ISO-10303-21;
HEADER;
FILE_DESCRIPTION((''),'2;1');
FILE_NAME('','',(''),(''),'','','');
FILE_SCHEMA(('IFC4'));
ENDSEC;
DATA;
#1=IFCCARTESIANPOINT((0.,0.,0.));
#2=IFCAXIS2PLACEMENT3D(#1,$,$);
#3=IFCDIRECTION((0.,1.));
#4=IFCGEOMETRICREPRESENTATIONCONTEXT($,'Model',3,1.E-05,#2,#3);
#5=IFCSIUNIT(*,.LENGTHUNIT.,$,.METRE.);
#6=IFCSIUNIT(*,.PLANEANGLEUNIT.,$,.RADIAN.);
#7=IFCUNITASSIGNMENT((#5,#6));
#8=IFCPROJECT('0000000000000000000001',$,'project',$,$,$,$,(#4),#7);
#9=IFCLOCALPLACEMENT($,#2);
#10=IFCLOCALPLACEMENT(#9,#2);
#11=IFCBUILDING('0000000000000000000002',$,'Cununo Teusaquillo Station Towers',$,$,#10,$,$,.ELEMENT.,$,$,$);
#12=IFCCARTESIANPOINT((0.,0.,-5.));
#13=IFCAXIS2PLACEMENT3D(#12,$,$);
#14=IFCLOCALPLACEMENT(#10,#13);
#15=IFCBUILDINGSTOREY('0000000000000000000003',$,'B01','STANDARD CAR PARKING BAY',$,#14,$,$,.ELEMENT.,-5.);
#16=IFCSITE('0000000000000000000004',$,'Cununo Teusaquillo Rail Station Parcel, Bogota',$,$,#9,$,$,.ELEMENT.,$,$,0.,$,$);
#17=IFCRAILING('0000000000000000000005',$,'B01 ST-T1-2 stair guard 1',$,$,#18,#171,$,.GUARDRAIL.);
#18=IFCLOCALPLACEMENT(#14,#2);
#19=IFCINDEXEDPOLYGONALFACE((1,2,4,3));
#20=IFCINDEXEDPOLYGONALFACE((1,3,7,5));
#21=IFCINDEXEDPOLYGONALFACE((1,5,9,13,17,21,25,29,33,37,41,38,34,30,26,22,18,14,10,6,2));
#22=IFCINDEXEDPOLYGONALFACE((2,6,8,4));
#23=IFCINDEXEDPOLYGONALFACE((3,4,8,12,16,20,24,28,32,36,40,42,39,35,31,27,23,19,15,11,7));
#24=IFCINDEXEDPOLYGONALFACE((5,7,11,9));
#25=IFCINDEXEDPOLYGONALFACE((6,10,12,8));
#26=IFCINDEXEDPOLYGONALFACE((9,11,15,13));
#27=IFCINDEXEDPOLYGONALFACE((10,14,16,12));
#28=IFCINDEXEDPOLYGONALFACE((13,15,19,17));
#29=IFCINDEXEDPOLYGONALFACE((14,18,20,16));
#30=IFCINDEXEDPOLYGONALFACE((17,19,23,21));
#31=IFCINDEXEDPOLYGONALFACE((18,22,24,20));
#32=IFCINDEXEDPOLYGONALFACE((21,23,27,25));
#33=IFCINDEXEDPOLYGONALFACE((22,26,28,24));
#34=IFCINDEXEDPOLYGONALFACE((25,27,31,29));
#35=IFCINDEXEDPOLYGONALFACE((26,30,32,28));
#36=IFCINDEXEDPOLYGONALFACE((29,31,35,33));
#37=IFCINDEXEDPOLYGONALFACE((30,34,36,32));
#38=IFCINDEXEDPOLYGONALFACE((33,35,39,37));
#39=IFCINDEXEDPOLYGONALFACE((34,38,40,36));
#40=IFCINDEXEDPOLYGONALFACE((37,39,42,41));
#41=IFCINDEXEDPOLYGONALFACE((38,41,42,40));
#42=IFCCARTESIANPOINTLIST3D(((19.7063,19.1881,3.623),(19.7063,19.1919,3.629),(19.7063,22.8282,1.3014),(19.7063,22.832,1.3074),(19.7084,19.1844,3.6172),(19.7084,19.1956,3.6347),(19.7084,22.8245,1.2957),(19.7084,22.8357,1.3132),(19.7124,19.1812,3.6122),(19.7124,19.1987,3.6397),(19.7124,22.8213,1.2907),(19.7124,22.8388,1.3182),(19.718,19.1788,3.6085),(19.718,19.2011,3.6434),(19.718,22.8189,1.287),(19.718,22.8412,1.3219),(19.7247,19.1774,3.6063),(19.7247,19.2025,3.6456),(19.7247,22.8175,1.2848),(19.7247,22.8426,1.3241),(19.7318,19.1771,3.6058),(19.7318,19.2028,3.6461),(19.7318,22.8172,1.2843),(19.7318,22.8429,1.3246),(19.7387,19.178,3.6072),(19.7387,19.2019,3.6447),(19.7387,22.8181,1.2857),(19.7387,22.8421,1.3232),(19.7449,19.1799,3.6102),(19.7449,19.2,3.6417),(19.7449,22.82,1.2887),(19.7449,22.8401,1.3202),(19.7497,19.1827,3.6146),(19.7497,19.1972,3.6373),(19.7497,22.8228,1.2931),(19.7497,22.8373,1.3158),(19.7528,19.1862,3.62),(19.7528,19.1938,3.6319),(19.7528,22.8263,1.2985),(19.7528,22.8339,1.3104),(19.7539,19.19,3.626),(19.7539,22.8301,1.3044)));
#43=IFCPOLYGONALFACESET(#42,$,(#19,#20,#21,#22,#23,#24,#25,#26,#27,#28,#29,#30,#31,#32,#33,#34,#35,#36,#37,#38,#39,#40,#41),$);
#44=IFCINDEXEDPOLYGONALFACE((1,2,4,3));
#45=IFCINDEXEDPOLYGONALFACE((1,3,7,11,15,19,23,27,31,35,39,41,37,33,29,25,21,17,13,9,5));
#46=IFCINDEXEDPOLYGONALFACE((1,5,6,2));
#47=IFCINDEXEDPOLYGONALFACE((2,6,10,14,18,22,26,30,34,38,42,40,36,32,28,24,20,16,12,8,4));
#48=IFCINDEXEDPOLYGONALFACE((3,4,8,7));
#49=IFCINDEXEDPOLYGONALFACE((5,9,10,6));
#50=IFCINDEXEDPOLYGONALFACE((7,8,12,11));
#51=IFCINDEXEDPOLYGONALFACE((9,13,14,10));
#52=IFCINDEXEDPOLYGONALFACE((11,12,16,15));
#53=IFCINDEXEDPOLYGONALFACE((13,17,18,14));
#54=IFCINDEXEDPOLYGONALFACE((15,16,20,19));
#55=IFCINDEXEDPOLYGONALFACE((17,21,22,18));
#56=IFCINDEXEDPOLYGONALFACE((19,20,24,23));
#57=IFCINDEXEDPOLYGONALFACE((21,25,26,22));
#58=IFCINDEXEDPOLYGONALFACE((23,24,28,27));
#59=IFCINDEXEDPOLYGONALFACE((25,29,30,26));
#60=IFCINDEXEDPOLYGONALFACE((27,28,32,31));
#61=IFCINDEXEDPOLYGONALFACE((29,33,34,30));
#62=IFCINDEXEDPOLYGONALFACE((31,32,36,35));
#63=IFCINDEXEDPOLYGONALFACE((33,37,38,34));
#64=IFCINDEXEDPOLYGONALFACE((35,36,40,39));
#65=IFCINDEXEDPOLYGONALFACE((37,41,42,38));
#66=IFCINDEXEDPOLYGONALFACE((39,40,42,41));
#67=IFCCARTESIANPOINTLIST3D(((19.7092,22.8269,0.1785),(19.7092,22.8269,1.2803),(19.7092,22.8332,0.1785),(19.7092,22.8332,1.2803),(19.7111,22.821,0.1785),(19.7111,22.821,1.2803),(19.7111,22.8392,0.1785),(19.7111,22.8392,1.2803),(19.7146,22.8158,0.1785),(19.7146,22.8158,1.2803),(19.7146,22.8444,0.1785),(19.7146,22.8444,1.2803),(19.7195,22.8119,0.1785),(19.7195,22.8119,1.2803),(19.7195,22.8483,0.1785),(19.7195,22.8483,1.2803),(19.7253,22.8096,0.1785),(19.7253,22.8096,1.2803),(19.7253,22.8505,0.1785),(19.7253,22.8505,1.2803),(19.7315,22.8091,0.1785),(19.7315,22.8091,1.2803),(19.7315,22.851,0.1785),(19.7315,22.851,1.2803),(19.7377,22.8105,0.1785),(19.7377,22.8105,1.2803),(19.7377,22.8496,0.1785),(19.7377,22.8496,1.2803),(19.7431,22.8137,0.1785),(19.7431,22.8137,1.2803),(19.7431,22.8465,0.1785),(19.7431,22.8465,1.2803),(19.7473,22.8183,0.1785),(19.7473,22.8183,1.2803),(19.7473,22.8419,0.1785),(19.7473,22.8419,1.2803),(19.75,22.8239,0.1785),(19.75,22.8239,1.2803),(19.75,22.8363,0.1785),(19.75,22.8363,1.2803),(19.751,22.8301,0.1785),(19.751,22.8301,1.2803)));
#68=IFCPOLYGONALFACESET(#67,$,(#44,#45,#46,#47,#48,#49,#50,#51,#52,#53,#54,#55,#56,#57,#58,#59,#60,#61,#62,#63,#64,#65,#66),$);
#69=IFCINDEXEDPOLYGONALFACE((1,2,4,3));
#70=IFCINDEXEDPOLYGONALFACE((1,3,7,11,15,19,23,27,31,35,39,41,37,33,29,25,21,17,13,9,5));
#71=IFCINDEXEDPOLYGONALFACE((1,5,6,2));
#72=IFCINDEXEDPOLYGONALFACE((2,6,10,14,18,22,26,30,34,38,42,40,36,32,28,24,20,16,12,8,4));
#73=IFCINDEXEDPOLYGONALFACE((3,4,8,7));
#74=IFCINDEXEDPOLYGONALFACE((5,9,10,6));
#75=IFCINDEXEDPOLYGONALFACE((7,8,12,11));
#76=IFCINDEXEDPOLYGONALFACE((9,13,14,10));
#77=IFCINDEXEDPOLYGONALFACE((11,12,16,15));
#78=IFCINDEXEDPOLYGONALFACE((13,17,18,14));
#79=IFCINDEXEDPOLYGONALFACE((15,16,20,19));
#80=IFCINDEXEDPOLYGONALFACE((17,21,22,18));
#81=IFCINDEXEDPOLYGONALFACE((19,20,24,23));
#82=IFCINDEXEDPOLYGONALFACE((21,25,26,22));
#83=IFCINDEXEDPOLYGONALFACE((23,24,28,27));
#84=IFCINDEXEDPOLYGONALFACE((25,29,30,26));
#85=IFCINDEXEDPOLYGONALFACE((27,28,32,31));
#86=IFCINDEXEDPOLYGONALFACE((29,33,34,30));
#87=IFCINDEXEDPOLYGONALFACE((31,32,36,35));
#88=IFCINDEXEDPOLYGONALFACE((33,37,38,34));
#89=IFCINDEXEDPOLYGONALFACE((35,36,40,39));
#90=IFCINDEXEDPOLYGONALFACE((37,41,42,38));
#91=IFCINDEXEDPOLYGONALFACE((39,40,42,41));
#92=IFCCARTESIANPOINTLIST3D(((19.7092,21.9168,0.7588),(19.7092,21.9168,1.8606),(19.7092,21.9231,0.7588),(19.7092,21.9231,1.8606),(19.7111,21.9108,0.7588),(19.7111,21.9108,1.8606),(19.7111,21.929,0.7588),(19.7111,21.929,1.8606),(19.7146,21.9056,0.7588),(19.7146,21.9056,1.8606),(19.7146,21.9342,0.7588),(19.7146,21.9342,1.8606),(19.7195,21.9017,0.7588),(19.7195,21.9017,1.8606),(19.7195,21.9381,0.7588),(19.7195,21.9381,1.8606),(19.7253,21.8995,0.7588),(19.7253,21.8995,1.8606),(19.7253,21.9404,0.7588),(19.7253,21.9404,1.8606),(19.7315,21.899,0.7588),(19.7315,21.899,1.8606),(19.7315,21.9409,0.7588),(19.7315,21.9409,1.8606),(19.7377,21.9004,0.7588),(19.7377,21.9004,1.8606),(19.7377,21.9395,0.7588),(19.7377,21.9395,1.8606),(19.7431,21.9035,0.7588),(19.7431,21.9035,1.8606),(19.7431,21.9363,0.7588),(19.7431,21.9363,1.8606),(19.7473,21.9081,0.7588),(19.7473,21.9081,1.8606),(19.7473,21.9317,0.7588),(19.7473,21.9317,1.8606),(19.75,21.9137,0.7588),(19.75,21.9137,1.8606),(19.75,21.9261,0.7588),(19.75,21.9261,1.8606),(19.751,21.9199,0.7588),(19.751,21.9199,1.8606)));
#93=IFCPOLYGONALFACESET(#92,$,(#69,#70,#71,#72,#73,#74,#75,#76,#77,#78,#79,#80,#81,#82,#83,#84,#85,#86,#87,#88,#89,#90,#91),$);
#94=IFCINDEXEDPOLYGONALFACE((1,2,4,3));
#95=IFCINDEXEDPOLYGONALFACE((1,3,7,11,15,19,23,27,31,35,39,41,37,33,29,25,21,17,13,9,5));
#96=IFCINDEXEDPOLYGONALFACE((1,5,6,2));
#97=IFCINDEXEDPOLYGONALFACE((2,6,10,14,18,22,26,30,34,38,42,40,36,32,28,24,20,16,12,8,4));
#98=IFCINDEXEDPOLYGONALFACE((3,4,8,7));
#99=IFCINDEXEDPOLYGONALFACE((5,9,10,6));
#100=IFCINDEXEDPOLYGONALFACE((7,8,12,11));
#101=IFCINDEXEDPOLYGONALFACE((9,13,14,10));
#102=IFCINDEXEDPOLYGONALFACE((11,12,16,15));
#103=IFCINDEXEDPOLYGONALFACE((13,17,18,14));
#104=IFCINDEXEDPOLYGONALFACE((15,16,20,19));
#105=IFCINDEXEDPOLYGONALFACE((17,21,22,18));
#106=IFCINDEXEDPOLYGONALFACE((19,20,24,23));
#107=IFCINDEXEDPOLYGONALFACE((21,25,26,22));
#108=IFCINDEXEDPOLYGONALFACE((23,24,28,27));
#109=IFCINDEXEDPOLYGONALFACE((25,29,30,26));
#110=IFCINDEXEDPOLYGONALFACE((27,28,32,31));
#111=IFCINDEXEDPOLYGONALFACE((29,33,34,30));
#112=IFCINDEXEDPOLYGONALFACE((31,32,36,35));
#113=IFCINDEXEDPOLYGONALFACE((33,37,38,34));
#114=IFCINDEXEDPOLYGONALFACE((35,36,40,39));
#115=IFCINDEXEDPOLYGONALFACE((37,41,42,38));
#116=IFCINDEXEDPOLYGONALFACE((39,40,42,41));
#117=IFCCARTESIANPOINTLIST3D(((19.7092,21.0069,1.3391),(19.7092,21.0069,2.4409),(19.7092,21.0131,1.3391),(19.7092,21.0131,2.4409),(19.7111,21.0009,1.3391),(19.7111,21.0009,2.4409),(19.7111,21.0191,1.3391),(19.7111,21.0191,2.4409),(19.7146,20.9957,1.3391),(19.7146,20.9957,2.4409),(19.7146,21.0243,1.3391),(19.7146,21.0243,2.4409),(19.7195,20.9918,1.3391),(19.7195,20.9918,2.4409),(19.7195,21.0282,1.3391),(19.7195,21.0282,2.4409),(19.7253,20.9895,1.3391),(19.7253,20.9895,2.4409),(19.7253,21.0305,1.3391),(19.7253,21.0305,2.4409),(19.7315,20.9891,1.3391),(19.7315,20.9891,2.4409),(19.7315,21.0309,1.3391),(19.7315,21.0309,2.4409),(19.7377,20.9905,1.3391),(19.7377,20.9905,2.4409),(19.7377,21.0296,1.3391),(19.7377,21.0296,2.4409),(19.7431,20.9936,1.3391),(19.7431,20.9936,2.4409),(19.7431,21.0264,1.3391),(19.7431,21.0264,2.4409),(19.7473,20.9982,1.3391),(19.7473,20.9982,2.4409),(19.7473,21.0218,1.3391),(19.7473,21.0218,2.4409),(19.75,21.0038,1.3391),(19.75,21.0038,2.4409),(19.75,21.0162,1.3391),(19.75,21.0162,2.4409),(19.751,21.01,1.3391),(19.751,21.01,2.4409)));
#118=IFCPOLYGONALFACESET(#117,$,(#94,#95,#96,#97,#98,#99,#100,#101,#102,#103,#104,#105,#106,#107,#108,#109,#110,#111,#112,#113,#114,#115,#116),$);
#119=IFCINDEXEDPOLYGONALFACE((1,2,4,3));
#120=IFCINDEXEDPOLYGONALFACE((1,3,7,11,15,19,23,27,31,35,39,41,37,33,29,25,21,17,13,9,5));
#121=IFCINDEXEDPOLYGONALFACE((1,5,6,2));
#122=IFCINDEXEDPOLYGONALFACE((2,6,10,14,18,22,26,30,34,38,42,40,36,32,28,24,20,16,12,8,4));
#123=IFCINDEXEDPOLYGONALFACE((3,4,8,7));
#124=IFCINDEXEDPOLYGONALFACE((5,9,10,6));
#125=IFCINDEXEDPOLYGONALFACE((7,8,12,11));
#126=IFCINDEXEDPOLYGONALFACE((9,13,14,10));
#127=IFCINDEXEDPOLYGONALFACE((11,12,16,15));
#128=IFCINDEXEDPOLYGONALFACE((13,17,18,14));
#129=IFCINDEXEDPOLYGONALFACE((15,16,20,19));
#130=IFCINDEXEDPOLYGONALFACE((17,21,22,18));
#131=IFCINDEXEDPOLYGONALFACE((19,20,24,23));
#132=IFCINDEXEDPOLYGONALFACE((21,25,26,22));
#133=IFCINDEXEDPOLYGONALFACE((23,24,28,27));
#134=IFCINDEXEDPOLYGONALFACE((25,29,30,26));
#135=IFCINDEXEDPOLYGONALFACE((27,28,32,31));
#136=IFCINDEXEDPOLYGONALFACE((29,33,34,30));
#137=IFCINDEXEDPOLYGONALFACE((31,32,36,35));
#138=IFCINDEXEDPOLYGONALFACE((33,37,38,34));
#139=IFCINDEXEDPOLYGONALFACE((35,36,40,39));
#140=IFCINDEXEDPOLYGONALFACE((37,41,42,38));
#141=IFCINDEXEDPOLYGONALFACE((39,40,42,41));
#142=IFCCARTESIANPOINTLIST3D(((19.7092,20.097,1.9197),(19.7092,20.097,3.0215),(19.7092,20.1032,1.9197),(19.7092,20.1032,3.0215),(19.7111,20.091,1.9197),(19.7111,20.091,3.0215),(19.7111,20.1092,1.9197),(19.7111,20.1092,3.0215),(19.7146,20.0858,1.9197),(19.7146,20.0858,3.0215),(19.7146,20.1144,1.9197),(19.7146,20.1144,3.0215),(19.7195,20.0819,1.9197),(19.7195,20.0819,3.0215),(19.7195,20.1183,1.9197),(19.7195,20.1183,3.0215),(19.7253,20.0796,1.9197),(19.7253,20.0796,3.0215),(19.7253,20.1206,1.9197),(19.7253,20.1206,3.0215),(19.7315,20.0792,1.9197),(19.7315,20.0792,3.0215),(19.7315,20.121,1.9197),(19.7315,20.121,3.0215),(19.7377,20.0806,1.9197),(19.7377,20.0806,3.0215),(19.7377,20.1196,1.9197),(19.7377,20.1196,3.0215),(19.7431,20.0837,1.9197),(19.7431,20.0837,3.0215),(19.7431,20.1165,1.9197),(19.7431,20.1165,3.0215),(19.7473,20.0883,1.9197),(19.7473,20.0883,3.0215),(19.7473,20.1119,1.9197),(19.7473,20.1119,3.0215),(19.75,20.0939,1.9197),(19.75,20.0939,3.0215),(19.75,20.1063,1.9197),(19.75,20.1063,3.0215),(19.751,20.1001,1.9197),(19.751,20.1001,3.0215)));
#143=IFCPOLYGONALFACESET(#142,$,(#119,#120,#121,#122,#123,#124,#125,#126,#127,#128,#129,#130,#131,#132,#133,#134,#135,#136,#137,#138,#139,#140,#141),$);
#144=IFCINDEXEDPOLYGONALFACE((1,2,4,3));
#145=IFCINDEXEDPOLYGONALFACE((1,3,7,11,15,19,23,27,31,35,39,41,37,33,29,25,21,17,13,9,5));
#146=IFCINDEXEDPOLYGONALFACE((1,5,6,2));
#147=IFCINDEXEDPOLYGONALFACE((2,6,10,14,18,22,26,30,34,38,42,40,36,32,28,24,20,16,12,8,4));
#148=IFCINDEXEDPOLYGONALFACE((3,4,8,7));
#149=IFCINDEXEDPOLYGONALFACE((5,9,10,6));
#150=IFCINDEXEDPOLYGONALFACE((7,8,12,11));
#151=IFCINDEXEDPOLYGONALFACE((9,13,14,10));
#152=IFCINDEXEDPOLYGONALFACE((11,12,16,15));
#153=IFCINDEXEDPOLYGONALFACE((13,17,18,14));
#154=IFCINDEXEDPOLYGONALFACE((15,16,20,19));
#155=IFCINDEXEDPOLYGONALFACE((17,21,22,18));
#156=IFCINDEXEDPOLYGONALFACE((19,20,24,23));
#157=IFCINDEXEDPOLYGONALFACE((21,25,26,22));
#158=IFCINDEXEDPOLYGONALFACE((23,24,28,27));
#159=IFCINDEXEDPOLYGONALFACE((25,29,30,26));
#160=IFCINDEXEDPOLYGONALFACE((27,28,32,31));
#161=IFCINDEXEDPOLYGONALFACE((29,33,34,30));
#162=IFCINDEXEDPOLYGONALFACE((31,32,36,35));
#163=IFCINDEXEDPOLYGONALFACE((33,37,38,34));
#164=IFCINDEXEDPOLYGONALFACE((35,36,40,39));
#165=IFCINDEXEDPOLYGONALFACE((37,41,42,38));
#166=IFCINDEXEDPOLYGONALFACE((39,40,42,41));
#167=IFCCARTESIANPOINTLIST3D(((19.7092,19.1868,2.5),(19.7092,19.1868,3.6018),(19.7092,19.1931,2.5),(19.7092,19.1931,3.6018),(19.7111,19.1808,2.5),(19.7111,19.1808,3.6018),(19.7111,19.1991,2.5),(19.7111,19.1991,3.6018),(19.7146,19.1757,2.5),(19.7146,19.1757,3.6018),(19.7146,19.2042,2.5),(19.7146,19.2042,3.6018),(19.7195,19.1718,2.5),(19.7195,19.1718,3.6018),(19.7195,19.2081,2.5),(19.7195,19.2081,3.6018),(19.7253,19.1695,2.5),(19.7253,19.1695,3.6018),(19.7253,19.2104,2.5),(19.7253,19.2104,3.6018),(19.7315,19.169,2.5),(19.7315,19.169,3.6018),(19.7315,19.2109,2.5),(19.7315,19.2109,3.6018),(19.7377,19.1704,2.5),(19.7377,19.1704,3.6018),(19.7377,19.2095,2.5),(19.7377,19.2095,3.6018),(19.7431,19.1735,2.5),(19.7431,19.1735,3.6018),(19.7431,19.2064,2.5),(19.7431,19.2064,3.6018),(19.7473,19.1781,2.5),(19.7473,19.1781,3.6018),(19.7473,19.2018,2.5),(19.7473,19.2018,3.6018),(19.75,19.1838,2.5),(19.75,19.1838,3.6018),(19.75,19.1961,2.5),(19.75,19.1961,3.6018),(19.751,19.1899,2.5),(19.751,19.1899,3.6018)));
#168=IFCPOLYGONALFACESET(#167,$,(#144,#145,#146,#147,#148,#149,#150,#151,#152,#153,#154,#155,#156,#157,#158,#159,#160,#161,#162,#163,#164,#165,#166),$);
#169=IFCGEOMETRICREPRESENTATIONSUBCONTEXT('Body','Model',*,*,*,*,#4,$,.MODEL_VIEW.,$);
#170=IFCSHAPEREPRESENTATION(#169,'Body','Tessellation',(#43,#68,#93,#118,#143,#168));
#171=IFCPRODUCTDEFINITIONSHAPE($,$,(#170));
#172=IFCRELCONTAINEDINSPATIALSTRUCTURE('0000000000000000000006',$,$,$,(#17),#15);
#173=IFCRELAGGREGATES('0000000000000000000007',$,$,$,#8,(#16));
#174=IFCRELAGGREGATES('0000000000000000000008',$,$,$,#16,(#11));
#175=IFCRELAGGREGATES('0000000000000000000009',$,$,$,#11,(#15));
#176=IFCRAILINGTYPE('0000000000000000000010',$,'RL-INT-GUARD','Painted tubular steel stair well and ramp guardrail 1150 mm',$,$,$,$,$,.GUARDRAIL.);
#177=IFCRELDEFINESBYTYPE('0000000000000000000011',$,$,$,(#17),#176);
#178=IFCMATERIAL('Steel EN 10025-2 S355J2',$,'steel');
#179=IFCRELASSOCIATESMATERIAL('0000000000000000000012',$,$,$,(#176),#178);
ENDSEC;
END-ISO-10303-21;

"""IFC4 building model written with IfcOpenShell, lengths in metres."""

from ifc_helpers import new_model, si_unit, direction, frame, origin, origin_2d, place, context, subcontext, project, spatial, circle, extrude, material, type_object, element, save


model = new_model("IFC4")

# Units and contexts
model_context = context("Model", 3, precision=1e-05, world=origin(), true_north=direction((0.0, 1.0)))
body_context = subcontext(model_context, "Body", "Model", "MODEL_VIEW")
ifc_project = project(units=[si_unit("LENGTHUNIT", "METRE"), si_unit("PLANEANGLEUNIT", "RADIAN")], contexts=[model_context])

# Site, building, storey
site_placement = place(None, origin())
site = spatial("IfcSite", under=ifc_project, at=site_placement, Name="Cununo Teusaquillo Rail Station Parcel, Bogota", CompositionType="ELEMENT", RefElevation=0.0)
building_placement = place(site_placement, origin())
building = spatial("IfcBuilding", under=site, at=building_placement, Name="Cununo Teusaquillo Station Towers", CompositionType="ELEMENT")
storey_placement = place(building_placement, frame((0.0, 0.0, -5.0)))
storey = spatial("IfcBuildingStorey", under=building, at=storey_placement, Name="B01", Description="STANDARD CAR PARKING BAY", CompositionType="ELEMENT", Elevation=-5.0)

# Railing
ifc_material_1 = material(Name="Steel EN 10025-2 S355J2", Category="steel")
railing_type_1 = type_object("IfcRailingType", Name="RL-INT-GUARD", Description="Painted tubular steel stair well and ramp guardrail 1150 mm", PredefinedType="GUARDRAIL", material=ifc_material_1)
railing_1_placement = place(storey_placement, frame((19.73, 22.8301, 0.1785)))
element("IfcRailing", 1, at=railing_1_placement, inside=storey, type_object=railing_type_1, Name="B01 ST-T1-2 stair guard 1", PredefinedType="GUARDRAIL", context=body_context, shape_type="SweptSolid", body=[
    extrude(circle(Radius=0.0239, at=origin_2d()), frame((0.0, 0.0, 1.126), z_axis=(0.0, -0.843128, 0.537713), x_axis=(1.0, 0.0, 0.0)), (0.0, 0.0, 1.0), 4.3174),
    extrude(circle(Radius=0.021, at=origin_2d()), origin(), (0.0, 0.0, 1.0), 1.1018),
    extrude(circle(Radius=0.021, at=origin_2d()), frame((0.0, -0.9102, 0.5803)), (0.0, 0.0, 1.0), 1.1018),
    extrude(circle(Radius=0.021, at=origin_2d()), frame((0.0, -1.8201, 1.1606)), (0.0, 0.0, 1.0), 1.1018),
    extrude(circle(Radius=0.021, at=origin_2d()), frame((0.0, -2.73, 1.7412)), (0.0, 0.0, 1.0), 1.1018),
    extrude(circle(Radius=0.021, at=origin_2d()), frame((0.0, -3.6401, 2.3215)), (0.0, 0.0, 1.0), 1.1018),
])

save(model, "model.ifc")
